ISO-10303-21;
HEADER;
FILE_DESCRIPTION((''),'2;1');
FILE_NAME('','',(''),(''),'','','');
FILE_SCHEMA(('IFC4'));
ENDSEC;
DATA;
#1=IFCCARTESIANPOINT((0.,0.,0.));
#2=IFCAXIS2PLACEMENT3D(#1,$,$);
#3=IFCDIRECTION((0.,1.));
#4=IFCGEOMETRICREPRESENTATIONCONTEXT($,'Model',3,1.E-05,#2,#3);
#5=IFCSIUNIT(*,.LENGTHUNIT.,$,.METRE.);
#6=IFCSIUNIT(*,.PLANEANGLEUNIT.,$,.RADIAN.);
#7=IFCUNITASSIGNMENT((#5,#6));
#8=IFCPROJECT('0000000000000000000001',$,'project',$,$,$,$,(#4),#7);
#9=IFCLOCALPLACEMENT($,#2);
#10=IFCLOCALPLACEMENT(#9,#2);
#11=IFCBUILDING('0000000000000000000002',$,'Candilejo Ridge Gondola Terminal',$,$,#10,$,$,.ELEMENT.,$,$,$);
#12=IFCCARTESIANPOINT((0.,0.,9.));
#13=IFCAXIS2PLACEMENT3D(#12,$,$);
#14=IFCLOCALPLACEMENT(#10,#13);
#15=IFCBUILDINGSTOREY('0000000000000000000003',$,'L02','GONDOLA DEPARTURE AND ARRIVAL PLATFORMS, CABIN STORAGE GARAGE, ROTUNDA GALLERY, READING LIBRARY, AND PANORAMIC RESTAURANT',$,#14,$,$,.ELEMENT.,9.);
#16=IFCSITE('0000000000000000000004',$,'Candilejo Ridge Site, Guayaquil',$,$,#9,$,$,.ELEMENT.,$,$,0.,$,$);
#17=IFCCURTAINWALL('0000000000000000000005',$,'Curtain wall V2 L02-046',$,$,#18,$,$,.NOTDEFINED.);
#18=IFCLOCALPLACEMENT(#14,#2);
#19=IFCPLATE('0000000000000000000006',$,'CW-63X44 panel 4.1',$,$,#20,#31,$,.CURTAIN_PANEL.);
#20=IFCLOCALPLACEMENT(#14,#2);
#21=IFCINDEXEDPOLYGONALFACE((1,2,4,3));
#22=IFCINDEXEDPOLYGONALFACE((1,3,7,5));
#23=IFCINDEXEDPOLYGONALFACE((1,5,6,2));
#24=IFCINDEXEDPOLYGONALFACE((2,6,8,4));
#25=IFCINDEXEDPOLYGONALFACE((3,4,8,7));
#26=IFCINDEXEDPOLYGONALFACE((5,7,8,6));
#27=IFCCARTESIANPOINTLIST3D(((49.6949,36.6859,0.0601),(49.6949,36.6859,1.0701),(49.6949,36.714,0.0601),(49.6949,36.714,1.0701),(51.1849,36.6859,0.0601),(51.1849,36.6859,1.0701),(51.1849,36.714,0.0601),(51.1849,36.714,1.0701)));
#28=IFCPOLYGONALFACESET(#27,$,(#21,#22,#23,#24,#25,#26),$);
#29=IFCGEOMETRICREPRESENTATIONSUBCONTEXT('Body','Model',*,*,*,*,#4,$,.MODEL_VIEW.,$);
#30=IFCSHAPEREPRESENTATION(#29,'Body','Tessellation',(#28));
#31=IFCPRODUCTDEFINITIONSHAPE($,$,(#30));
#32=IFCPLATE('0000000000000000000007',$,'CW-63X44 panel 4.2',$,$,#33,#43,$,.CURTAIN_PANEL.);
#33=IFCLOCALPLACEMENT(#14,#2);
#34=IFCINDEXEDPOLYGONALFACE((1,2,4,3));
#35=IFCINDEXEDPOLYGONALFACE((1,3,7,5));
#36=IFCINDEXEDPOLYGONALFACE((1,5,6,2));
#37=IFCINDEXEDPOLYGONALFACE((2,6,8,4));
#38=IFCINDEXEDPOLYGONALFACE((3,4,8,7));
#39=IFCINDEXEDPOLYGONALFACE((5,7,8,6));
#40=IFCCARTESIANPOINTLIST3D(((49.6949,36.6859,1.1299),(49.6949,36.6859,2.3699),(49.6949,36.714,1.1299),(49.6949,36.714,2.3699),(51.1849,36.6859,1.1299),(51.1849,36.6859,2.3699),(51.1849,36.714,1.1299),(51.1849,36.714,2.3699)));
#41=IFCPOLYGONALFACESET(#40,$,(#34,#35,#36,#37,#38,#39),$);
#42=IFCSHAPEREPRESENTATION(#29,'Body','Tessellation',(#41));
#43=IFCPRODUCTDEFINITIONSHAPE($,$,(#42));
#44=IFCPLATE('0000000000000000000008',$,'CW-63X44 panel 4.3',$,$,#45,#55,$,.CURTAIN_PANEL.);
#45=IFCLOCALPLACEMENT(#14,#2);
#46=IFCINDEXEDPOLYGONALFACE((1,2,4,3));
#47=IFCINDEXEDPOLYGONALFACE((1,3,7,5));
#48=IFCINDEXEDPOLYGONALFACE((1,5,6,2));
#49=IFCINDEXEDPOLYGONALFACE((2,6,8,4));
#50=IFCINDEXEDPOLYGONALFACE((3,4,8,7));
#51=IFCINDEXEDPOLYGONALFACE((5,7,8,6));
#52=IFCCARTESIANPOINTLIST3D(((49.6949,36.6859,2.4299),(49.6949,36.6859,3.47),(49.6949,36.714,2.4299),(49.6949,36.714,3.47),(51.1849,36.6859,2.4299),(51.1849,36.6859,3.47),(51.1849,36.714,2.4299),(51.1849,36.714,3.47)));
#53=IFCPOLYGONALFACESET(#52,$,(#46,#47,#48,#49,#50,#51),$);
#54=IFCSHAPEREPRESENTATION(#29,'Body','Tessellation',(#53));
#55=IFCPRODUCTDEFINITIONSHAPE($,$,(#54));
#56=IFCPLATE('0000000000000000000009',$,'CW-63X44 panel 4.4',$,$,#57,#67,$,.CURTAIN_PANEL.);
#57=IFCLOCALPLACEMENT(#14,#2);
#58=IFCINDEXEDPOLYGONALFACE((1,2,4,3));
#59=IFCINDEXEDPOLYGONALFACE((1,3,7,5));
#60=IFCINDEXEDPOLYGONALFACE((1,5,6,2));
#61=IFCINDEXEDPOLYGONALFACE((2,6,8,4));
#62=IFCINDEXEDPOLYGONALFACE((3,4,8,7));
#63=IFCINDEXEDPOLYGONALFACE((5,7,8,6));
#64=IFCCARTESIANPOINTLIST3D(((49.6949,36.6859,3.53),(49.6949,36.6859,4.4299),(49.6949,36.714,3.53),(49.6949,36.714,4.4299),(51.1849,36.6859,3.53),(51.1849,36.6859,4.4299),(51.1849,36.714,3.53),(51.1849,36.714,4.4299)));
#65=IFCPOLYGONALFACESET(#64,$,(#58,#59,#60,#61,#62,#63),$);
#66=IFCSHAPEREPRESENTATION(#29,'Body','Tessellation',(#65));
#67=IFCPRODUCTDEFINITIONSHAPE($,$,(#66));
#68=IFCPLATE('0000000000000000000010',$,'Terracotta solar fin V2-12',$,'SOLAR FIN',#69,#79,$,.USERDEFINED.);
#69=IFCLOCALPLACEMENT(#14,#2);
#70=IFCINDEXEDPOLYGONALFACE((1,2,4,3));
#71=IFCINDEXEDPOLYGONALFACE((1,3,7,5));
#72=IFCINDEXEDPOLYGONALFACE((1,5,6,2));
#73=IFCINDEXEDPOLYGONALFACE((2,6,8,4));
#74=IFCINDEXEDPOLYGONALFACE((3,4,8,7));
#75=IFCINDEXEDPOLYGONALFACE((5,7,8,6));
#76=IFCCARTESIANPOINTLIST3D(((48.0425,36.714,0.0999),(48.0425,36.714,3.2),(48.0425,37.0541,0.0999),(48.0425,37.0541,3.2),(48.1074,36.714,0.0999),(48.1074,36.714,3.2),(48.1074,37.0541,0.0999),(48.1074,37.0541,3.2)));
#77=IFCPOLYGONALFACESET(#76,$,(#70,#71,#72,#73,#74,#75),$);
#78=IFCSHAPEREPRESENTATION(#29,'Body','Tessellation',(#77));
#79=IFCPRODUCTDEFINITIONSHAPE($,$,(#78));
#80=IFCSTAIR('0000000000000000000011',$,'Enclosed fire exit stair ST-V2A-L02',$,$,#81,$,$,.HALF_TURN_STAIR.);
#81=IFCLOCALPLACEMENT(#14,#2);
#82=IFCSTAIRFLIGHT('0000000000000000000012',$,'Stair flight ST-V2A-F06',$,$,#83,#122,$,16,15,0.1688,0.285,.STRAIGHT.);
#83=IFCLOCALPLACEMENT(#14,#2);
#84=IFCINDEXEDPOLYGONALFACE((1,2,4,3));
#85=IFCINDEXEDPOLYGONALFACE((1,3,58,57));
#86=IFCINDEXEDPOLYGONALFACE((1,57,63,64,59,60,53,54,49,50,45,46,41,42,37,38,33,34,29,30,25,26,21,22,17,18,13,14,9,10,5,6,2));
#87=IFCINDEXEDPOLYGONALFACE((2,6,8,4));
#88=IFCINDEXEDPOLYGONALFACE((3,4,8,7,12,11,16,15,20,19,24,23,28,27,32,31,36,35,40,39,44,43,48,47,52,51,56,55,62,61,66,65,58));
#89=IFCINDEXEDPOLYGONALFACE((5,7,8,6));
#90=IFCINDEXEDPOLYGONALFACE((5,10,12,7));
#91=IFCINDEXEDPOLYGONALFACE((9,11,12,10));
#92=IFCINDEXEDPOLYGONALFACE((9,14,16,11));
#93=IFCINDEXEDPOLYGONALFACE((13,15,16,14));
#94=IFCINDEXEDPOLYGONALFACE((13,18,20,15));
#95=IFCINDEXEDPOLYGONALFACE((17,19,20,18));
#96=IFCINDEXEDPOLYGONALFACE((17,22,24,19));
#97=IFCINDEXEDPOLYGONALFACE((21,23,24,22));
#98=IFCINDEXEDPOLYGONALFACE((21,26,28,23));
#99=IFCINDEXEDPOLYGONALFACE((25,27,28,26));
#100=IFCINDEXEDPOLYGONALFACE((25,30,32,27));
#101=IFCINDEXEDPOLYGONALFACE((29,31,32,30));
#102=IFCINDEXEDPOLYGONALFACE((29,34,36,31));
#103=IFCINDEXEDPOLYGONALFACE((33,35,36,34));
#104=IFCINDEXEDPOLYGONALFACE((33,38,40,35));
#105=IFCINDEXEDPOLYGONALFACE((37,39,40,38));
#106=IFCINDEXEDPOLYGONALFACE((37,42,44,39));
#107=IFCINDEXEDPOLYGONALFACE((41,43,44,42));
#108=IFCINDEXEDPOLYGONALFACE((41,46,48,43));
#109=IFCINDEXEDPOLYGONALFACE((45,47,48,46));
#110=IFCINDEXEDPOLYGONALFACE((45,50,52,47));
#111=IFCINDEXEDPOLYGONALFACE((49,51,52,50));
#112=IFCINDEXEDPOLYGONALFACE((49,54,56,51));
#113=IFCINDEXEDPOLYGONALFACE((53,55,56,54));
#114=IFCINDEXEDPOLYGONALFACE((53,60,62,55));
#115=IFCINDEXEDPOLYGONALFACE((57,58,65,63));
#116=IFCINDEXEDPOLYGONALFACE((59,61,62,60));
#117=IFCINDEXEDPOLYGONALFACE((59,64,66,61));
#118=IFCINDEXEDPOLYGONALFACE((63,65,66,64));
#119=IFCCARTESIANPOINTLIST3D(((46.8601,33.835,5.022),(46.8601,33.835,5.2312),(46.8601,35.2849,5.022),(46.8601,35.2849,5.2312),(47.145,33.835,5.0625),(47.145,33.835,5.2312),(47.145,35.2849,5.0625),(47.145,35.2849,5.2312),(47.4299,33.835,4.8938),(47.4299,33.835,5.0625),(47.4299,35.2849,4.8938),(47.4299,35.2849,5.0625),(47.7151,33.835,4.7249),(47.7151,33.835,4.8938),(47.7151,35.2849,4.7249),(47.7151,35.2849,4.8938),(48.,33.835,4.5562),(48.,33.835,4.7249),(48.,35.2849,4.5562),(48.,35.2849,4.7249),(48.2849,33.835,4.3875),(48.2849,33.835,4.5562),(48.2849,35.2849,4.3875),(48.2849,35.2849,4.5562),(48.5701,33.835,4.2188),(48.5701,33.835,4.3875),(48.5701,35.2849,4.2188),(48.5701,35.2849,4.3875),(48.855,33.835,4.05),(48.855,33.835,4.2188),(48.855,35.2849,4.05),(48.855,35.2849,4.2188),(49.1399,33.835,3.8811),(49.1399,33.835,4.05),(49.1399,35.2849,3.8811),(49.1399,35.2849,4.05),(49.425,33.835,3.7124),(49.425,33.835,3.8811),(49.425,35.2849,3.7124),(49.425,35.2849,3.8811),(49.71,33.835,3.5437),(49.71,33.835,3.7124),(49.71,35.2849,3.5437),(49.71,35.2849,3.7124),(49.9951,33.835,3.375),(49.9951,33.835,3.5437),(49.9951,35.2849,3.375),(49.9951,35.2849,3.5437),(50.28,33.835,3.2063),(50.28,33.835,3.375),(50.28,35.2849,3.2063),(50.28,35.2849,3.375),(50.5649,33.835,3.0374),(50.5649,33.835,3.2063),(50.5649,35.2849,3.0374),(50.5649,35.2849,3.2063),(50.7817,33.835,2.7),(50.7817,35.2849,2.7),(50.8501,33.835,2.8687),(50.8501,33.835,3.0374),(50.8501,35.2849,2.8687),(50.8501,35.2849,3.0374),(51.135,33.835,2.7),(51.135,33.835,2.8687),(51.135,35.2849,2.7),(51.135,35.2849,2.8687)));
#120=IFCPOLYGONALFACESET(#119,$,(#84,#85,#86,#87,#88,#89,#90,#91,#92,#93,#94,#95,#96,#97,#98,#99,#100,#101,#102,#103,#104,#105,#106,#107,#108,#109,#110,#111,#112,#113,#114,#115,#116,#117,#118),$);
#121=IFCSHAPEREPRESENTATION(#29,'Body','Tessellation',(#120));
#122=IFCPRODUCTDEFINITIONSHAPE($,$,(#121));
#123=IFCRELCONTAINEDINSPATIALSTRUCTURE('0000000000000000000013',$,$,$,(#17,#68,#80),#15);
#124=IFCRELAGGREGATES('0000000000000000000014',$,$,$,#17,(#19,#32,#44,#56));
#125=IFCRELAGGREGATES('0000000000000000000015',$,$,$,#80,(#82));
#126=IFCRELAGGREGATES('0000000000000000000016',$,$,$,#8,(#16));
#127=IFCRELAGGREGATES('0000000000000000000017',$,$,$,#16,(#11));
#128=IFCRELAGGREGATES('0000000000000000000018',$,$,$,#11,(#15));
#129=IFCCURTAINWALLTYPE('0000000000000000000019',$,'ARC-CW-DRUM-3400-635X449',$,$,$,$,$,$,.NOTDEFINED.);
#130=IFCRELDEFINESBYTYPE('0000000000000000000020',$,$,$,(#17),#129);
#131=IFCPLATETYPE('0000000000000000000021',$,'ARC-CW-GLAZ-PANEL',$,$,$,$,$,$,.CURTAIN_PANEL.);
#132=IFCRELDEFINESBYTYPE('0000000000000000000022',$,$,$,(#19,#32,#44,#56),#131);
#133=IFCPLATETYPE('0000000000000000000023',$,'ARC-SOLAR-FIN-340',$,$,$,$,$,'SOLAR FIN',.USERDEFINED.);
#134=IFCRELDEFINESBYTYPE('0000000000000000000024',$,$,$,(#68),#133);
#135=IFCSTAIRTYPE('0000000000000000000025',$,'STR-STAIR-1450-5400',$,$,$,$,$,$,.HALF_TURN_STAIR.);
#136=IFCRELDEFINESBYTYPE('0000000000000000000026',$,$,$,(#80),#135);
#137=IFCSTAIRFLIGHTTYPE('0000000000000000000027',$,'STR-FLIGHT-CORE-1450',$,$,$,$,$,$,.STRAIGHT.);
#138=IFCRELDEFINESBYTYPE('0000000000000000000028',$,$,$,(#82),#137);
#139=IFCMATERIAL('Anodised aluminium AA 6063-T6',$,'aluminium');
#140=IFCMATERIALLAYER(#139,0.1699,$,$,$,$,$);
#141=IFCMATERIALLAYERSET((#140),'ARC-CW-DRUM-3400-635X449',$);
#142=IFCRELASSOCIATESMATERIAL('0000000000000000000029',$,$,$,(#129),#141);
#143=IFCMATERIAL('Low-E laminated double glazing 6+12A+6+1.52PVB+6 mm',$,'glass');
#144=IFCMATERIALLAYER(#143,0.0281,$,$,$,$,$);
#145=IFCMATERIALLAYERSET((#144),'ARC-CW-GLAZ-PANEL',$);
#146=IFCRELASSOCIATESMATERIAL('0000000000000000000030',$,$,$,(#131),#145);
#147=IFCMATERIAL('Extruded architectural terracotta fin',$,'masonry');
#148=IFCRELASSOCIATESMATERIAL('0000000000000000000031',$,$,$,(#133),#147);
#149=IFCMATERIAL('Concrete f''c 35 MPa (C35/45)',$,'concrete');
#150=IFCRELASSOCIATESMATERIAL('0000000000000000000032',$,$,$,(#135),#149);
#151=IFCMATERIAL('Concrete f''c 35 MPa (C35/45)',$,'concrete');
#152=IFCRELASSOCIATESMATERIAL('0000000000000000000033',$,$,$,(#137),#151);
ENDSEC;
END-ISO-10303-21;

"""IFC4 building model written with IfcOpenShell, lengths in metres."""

from ifc_helpers import new_model, si_unit, direction, frame, origin, origin_2d, place, context, subcontext, project, spatial, polyline, rectangle, outline, extrude, material, layer, layer_set, type_object, element, aggregate, save


model = new_model("IFC4")

# Units and contexts
model_context = context("Model", 3, precision=1e-05, world=origin(), true_north=direction((0.0, 1.0)))
body_context = subcontext(model_context, "Body", "Model", "MODEL_VIEW")
ifc_project = project(units=[si_unit("LENGTHUNIT", "METRE"), si_unit("PLANEANGLEUNIT", "RADIAN")], contexts=[model_context])

# Site, building, storey
site_placement = place(None, origin())
site = spatial("IfcSite", under=ifc_project, at=site_placement, Name="Candilejo Ridge Site, Guayaquil", CompositionType="ELEMENT", RefElevation=0.0)
building_placement = place(site_placement, origin())
building = spatial("IfcBuilding", under=site, at=building_placement, Name="Candilejo Ridge Gondola Terminal", CompositionType="ELEMENT")
storey_placement = place(building_placement, frame((0.0, 0.0, 9.0)))
storey = spatial("IfcBuildingStorey", under=building, at=storey_placement, Name="L02", Description="GONDOLA DEPARTURE AND ARRIVAL PLATFORMS, CABIN STORAGE GARAGE, ROTUNDA GALLERY, READING LIBRARY, AND PANORAMIC RESTAURANT", CompositionType="ELEMENT", Elevation=9.0)

# Curtain wall, plates
ifc_material_1 = material(Name="Anodised aluminium AA 6063-T6", Category="aluminium")
ifc_layer_1 = layer(ifc_material_1, 0.1699)
ifc_layer_set_1 = layer_set([ifc_layer_1], Name="ARC-CW-DRUM-3400-635X449")
curtain_wall_type = type_object("IfcCurtainWallType", Name="ARC-CW-DRUM-3400-635X449", PredefinedType="NOTDEFINED", material=ifc_layer_set_1)
curtain_wall_placement = place(storey_placement, origin())
curtain_wall = element("IfcCurtainWall", 1, at=curtain_wall_placement, inside=storey, type_object=curtain_wall_type, Name="Curtain wall V2 L02-046", PredefinedType="NOTDEFINED")
ifc_material_2 = material(Name="Low-E laminated double glazing 6+12A+6+1.52PVB+6 mm", Category="glass")
ifc_layer_2 = layer(ifc_material_2, 0.0281)
ifc_layer_set_2 = layer_set([ifc_layer_2], Name="ARC-CW-GLAZ-PANEL")
plate_type_1 = type_object("IfcPlateType", Name="ARC-CW-GLAZ-PANEL", PredefinedType="CURTAIN_PANEL", material=ifc_layer_set_2)
plate_1_placement = place(storey_placement, frame((50.4399, 36.7, 0.0601), z_axis=(0.0, 0.0, 1.0), x_axis=(1.0, 0.0, 0.0)))
plate_1 = element("IfcPlate", 2, at=plate_1_placement, type_object=plate_type_1, Name="CW-63X44 panel 4.1", PredefinedType="CURTAIN_PANEL", context=body_context, shape_type="SweptSolid", body=[
    extrude(rectangle(XDim=1.49, YDim=0.0281, at=origin_2d()), origin(), (0.0, 0.0, 1.0), 1.01),
])
plate_2_placement = place(storey_placement, frame((50.4399, 36.7, 1.1299), z_axis=(0.0, 0.0, 1.0), x_axis=(1.0, 0.0, 0.0)))
plate_2 = element("IfcPlate", 3, at=plate_2_placement, type_object=plate_type_1, Name="CW-63X44 panel 4.2", PredefinedType="CURTAIN_PANEL", context=body_context, shape_type="SweptSolid", body=[
    extrude(rectangle(XDim=1.49, YDim=0.0281, at=origin_2d()), origin(), (0.0, 0.0, 1.0), 1.24),
])
plate_3_placement = place(storey_placement, frame((50.4399, 36.7, 2.4299), z_axis=(0.0, 0.0, 1.0), x_axis=(1.0, 0.0, 0.0)))
plate_3 = element("IfcPlate", 4, at=plate_3_placement, type_object=plate_type_1, Name="CW-63X44 panel 4.3", PredefinedType="CURTAIN_PANEL", context=body_context, shape_type="SweptSolid", body=[
    extrude(rectangle(XDim=1.49, YDim=0.0281, at=origin_2d()), origin(), (0.0, 0.0, 1.0), 1.04),
])
plate_4_placement = place(storey_placement, frame((50.4399, 36.7, 3.53), z_axis=(0.0, 0.0, 1.0), x_axis=(1.0, 0.0, 0.0)))
plate_4 = element("IfcPlate", 5, at=plate_4_placement, type_object=plate_type_1, Name="CW-63X44 panel 4.4", PredefinedType="CURTAIN_PANEL", context=body_context, shape_type="SweptSolid", body=[
    extrude(rectangle(XDim=1.49, YDim=0.0281, at=origin_2d()), origin(), (0.0, 0.0, 1.0), 0.8999),
])
aggregate(curtain_wall, [plate_1, plate_2, plate_3, plate_4])

# Plate
ifc_material_3 = material(Name="Extruded architectural terracotta fin", Category="masonry")
plate_type_2 = type_object("IfcPlateType", Name="ARC-SOLAR-FIN-340", ElementType="SOLAR FIN", PredefinedType="USERDEFINED", material=ifc_material_3)
plate_5_placement = place(storey_placement, frame((48.075, 36.884, 0.0999), z_axis=(0.0, 0.0, 1.0), x_axis=(1.0, 0.0, 0.0)))
element("IfcPlate", 6, at=plate_5_placement, inside=storey, type_object=plate_type_2, Name="Terracotta solar fin V2-12", ObjectType="SOLAR FIN", PredefinedType="USERDEFINED", context=body_context, shape_type="SweptSolid", body=[
    extrude(rectangle(XDim=0.0649, YDim=0.3401, at=origin_2d()), origin(), (0.0, 0.0, 1.0), 3.1001),
])

# Stair, stair flight
ifc_material_4 = material(Name="Concrete f'c 35 MPa (C35/45)", Category="concrete")
stair_type = type_object("IfcStairType", Name="STR-STAIR-1450-5400", PredefinedType="HALF_TURN_STAIR", material=ifc_material_4)
stair_placement = place(storey_placement, origin())
stair = element("IfcStair", 7, at=stair_placement, inside=storey, type_object=stair_type, Name="Enclosed fire exit stair ST-V2A-L02", PredefinedType="HALF_TURN_STAIR")
ifc_material_5 = material(Name="Concrete f'c 35 MPa (C35/45)", Category="concrete")
stair_flight_type = type_object("IfcStairFlightType", Name="STR-FLIGHT-CORE-1450", PredefinedType="STRAIGHT", material=ifc_material_5)
stair_flight_placement = place(storey_placement, frame((51.135, 34.5601, 2.7), z_axis=(0.0, 0.0, 1.0), x_axis=(-1.0, 0.0, 0.0)))
stair_flight = element("IfcStairFlight", 8, at=stair_flight_placement, type_object=stair_flight_type, Name="Stair flight ST-V2A-F06", NumberOfRisers=16, NumberOfTreads=15, PredefinedType="STRAIGHT", RiserHeight=0.1688, TreadLength=0.285, context=body_context, shape_type="SweptSolid", body=[
    extrude(outline(polyline([(0.0, 0.0), (0.0, 0.1687), (0.2849, 0.1687), (0.2849, 0.3374), (0.5701, 0.3374), (0.5701, 0.5063), (0.855, 0.5063), (0.855, 0.675), (1.1399, 0.675), (1.1399, 0.8438), (1.425, 0.8438), (1.425, 1.0125), (1.71, 1.0125), (1.71, 1.1812), (1.9951, 1.1812), (1.9951, 1.3501), (2.28, 1.3501), (2.28, 1.5188), (2.5649, 1.5188), (2.5649, 1.6875), (2.8501, 1.6875), (2.8501, 1.8562), (3.135, 1.8562), (3.135, 2.0249), (3.4199, 2.0249), (3.4199, 2.1938), (3.7051, 2.1938), (3.7051, 2.3625), (3.99, 2.3625), (3.99, 2.5312), (4.2749, 2.5312), (4.2749, 2.7), (4.2749, 2.322), (0.3533, 0.0), (0.0, 0.0)])), frame((0.0, 0.7251, 0.0), z_axis=(0.0, -1.0, 0.0), x_axis=(1.0, 0.0, 0.0)), (0.0, 0.0, 1.0), 1.45),
])
aggregate(stair, [stair_flight])

save(model, "model.ifc")
